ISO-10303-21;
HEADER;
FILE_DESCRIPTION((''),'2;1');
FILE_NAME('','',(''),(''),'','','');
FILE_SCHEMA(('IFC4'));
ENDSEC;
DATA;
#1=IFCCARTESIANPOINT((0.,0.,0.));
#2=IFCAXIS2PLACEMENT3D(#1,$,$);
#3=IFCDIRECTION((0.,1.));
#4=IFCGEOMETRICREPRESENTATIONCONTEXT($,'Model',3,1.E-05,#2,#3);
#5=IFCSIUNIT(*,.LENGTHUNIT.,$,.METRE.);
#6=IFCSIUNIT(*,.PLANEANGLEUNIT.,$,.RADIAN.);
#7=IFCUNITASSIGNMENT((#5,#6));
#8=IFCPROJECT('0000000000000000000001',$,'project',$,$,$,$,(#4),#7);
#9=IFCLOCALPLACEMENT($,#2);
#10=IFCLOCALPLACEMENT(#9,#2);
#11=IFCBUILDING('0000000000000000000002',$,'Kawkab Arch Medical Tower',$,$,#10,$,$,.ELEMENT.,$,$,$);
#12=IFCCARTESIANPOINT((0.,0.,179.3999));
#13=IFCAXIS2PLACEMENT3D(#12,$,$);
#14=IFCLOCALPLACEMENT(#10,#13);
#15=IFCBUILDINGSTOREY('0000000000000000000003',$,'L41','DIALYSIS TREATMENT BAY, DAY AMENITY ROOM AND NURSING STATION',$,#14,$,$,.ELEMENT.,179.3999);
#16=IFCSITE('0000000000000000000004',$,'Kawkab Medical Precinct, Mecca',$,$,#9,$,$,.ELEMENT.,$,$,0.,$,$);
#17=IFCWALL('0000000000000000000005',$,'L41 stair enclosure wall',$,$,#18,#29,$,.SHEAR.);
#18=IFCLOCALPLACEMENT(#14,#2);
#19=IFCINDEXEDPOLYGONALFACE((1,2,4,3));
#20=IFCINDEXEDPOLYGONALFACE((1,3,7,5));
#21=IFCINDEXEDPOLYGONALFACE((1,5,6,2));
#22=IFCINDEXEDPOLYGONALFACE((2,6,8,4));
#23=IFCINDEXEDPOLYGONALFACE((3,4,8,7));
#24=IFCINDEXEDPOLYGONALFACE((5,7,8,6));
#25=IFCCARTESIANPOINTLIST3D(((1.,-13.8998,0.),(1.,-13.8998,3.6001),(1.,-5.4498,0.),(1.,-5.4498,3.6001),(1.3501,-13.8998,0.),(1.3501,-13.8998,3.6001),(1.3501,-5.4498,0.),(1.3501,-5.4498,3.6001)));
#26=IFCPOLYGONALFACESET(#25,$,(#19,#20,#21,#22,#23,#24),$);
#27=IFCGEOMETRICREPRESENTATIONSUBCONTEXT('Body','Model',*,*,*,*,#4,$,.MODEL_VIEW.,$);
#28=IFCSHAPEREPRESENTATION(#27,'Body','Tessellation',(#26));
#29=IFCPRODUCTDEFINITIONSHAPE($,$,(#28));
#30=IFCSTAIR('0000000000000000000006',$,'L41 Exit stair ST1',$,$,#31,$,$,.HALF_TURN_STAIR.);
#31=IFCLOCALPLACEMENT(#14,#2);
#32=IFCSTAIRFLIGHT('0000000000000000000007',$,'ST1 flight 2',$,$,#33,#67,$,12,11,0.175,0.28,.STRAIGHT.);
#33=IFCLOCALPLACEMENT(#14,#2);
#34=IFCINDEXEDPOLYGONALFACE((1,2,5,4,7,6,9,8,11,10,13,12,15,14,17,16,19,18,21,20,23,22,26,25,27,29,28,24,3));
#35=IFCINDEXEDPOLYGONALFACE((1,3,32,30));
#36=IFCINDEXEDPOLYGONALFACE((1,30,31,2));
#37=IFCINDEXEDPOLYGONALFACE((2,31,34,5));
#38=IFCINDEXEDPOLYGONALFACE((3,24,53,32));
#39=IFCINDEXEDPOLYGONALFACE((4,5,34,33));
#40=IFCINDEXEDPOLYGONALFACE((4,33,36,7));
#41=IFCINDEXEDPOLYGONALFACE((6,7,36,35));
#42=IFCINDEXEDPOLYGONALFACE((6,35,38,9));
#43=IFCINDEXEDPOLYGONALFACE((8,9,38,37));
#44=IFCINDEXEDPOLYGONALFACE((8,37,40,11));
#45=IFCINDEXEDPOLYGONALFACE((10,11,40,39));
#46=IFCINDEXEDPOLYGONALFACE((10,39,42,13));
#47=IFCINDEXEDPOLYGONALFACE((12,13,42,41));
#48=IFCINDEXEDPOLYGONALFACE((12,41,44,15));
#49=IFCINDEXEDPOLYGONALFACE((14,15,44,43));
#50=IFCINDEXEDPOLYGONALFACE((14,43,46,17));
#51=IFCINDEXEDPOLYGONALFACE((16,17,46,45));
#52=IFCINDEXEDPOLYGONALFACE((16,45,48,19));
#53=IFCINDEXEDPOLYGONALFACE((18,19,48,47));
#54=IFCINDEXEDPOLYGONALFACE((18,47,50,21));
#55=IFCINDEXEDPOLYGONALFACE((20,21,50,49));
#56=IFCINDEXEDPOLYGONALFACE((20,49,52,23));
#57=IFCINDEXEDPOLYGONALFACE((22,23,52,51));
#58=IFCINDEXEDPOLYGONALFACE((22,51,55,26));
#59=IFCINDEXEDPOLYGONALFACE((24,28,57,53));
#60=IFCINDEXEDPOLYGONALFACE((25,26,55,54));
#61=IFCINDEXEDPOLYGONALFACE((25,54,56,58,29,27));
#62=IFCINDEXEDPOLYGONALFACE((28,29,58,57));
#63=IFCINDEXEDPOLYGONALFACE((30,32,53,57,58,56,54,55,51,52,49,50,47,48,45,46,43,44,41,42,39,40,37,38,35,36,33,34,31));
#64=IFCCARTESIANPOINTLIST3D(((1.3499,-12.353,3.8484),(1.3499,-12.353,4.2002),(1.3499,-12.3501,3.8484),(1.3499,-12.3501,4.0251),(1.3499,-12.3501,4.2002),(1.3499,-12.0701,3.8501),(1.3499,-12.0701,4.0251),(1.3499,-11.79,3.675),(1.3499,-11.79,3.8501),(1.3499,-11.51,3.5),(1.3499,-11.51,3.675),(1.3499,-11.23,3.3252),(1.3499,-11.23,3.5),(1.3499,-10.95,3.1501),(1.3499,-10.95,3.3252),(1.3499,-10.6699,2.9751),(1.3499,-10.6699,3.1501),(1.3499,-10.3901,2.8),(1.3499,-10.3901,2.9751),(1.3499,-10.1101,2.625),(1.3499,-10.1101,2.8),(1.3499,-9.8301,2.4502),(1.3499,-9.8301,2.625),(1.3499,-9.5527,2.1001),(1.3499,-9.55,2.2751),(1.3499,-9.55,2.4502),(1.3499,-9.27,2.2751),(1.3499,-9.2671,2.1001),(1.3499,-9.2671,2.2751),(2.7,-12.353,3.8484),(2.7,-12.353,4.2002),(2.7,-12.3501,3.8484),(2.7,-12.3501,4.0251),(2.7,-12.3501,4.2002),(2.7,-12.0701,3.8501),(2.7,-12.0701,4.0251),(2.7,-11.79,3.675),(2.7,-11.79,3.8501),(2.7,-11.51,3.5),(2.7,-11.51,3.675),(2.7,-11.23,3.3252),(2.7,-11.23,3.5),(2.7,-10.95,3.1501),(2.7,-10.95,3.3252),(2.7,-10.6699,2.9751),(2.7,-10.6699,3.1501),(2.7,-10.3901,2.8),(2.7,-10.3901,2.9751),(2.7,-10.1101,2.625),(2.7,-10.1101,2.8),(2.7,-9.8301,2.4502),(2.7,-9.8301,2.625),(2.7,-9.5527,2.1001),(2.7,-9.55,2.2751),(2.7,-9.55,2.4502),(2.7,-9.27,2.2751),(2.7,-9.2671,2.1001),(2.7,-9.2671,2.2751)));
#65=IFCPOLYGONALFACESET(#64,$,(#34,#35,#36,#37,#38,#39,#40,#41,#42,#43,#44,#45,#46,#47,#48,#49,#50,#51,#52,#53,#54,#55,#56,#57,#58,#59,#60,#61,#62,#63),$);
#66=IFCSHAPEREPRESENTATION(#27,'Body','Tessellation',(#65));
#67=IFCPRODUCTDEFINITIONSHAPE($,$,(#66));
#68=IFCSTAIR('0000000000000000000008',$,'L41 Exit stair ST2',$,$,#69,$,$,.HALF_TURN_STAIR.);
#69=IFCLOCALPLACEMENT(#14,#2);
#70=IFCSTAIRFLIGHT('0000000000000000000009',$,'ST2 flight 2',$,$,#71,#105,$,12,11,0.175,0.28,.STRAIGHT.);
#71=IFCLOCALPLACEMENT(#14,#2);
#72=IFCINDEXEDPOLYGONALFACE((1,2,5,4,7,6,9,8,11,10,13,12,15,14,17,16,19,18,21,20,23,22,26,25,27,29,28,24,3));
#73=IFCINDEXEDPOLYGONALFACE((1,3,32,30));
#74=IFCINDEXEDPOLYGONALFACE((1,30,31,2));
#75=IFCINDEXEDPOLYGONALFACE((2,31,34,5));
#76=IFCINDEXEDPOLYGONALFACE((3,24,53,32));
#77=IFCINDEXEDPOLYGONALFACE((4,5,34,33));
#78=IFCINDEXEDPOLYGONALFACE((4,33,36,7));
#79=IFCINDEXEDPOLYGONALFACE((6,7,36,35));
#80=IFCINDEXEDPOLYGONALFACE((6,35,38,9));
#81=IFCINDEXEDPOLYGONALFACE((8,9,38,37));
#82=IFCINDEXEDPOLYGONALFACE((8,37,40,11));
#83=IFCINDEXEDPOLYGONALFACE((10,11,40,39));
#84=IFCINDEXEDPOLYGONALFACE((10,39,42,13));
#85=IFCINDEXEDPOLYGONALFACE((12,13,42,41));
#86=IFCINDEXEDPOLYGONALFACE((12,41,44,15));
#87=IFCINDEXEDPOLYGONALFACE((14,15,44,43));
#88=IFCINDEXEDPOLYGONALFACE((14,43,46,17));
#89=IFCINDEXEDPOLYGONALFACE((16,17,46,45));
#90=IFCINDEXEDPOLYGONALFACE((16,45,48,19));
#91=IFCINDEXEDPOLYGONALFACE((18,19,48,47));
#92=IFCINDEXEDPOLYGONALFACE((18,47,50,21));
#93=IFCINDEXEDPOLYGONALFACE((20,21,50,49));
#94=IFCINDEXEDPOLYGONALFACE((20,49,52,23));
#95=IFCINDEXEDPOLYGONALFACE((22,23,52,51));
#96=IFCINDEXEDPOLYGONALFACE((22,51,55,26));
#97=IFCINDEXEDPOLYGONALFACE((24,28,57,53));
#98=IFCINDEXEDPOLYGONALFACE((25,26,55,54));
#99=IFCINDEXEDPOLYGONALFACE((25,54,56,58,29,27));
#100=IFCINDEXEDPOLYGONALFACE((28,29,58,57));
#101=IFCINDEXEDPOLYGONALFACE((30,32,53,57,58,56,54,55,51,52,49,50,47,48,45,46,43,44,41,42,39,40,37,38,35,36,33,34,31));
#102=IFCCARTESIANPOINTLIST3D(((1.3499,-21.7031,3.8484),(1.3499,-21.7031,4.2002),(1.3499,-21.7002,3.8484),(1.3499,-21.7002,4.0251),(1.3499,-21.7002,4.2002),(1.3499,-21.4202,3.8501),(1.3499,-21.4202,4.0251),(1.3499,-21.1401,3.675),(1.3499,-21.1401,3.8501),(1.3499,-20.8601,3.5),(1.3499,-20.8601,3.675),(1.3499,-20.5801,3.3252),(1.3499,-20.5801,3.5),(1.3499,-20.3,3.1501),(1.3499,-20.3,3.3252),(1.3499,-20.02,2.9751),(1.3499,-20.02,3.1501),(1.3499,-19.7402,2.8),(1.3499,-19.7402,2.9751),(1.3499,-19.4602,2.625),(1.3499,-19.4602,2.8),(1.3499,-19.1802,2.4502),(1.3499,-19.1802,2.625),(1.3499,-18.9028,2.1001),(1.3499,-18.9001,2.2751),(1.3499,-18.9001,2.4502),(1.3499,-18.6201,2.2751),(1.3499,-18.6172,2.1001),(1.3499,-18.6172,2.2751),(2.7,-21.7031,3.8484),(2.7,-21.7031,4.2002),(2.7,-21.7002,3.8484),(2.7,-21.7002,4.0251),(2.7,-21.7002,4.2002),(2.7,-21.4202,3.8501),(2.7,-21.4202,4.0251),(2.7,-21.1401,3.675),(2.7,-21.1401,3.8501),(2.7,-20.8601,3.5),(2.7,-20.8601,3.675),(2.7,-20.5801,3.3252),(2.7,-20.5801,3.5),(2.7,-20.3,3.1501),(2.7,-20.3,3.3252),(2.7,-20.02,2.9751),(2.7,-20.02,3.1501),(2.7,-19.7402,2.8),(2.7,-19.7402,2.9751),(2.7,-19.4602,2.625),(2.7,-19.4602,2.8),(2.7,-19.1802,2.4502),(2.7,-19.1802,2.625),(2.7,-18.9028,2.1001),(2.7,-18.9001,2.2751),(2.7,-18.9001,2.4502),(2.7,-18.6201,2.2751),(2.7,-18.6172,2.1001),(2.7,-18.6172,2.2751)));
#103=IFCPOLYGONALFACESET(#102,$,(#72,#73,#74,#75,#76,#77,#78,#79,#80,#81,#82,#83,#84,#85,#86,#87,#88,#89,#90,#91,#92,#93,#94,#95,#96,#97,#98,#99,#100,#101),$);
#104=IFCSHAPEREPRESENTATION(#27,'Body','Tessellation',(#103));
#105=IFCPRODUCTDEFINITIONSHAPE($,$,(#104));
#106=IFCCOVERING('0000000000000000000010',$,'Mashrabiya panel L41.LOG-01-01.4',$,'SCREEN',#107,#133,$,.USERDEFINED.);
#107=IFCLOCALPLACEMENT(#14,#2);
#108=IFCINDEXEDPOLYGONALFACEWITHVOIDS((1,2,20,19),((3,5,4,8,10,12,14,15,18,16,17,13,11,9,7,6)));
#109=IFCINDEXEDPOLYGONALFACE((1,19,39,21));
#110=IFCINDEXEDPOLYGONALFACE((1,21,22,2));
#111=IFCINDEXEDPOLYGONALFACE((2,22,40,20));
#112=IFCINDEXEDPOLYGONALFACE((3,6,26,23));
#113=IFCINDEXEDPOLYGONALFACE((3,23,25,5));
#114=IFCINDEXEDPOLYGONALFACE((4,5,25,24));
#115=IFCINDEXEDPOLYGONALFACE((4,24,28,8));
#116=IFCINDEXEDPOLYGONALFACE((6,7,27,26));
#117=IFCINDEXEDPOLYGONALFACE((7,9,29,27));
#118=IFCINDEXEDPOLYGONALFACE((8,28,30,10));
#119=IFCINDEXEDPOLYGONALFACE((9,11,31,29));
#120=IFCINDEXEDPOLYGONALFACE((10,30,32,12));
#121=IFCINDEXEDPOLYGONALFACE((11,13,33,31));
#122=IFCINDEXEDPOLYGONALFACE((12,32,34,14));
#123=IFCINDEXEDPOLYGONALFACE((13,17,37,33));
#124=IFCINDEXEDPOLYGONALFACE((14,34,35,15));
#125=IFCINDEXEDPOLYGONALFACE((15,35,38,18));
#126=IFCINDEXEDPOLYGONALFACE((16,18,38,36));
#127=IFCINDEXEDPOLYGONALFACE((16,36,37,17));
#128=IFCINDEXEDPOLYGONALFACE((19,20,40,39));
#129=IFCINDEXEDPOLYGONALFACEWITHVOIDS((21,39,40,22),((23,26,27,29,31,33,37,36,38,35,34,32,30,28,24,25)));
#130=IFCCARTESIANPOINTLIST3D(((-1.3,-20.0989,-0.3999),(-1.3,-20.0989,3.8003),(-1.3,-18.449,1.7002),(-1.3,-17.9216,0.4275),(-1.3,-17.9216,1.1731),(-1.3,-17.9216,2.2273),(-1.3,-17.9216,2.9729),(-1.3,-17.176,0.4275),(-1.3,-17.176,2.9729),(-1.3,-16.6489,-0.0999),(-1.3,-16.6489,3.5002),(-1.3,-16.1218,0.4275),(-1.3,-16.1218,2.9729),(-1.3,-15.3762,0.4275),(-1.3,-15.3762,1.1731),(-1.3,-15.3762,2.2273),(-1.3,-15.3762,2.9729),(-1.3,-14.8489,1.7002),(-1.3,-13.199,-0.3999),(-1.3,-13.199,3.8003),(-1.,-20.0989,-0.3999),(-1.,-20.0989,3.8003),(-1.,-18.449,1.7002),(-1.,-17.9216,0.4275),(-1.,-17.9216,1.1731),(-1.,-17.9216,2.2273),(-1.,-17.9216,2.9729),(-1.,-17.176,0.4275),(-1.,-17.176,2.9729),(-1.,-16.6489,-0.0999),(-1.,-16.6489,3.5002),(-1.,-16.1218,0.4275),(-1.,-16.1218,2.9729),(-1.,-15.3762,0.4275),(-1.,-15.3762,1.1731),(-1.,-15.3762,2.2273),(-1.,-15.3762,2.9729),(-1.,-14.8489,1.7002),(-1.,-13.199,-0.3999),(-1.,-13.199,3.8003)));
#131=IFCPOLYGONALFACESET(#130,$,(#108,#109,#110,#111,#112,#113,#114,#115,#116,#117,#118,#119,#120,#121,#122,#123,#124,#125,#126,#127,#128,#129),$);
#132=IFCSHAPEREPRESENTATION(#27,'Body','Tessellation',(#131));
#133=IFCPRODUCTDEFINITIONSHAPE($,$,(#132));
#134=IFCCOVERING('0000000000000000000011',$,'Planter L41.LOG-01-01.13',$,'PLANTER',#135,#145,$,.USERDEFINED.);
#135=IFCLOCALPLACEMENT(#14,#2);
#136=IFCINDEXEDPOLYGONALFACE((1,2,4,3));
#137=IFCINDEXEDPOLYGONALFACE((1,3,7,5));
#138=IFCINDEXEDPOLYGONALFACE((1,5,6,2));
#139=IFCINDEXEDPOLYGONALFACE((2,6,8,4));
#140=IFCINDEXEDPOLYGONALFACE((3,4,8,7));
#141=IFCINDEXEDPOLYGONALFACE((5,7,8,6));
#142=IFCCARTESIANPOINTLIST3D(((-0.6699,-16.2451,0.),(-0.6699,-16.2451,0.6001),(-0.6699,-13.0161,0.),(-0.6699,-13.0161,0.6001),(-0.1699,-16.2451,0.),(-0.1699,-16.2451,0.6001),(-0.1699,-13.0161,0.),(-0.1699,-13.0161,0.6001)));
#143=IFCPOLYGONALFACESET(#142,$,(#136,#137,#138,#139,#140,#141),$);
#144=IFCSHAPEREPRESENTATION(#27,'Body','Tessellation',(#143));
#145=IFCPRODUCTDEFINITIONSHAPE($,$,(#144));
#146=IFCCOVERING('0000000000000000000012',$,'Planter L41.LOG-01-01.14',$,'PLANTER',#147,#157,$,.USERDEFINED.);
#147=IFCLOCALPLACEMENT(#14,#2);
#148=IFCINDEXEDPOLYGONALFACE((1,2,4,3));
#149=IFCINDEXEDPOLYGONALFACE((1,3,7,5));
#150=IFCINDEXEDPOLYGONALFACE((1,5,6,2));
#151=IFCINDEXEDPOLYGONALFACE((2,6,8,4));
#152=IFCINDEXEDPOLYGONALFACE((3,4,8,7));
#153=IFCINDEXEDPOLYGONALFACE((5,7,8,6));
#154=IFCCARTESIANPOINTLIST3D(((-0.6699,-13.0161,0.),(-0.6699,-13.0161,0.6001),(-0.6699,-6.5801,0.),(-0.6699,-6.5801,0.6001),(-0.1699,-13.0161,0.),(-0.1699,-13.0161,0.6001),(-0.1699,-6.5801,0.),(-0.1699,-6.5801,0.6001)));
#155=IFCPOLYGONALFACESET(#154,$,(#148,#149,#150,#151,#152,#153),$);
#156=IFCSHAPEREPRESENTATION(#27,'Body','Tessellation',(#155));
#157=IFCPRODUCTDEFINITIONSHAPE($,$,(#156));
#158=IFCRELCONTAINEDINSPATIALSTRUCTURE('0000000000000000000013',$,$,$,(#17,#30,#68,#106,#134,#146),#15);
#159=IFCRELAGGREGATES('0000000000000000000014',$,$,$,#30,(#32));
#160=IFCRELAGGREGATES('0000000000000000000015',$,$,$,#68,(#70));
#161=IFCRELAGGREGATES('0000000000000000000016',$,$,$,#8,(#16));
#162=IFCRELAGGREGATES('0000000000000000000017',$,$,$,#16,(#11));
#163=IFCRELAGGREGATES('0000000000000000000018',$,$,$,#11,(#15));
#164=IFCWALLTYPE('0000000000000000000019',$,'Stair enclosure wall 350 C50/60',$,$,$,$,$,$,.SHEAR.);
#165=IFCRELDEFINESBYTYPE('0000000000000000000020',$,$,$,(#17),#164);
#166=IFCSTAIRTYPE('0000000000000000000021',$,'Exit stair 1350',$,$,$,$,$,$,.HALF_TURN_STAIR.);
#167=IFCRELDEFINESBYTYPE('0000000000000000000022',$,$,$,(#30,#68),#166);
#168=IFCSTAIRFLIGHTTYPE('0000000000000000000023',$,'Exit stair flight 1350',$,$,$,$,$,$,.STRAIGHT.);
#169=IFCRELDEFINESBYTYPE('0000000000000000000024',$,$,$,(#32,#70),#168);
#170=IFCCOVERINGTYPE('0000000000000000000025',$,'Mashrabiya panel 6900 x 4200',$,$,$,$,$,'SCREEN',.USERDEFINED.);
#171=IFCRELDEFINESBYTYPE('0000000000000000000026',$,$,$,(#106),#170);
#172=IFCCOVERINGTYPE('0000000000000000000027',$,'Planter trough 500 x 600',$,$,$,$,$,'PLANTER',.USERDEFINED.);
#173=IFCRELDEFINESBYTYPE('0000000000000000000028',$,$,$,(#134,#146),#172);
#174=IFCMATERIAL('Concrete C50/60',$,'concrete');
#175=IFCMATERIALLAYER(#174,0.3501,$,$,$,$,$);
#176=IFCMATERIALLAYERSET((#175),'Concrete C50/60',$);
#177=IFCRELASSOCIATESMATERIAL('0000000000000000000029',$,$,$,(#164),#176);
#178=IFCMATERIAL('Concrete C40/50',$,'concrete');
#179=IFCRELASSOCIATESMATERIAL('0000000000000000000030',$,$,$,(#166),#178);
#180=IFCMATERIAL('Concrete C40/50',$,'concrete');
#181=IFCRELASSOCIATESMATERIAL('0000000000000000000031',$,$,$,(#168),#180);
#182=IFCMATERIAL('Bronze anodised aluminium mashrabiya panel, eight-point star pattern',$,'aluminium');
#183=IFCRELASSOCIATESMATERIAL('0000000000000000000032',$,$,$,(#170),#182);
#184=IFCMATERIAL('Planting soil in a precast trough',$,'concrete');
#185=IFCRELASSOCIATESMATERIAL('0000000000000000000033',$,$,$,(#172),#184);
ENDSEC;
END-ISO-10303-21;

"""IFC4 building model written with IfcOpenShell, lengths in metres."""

from ifc_helpers import new_model, si_unit, direction, frame, frame_2d, origin, origin_2d, place, context, subcontext, project, spatial, polyline, rectangle, outline, extrude, material, layer, layer_set, material_profile, profile_set, type_object, element, aggregate, save


model = new_model("IFC4")

# Units and contexts
model_context = context("Model", 3, precision=1e-05, world=origin(), true_north=direction((0.0, 1.0)))
body_context = subcontext(model_context, "Body", "Model", "MODEL_VIEW")
ifc_project = project(units=[si_unit("LENGTHUNIT", "METRE"), si_unit("PLANEANGLEUNIT", "RADIAN")], contexts=[model_context])

# Site, building, storey
site_placement = place(None, origin())
site = spatial("IfcSite", under=ifc_project, at=site_placement, Name="Kawkab Medical Precinct, Mecca", CompositionType="ELEMENT", RefElevation=0.0)
building_placement = place(site_placement, origin())
building = spatial("IfcBuilding", under=site, at=building_placement, Name="Kawkab Arch Medical Tower", CompositionType="ELEMENT")
storey_placement = place(building_placement, frame((0.0, 0.0, 179.3999)))
storey = spatial("IfcBuildingStorey", under=building, at=storey_placement, Name="L41", Description="DIALYSIS TREATMENT BAY, DAY AMENITY ROOM AND NURSING STATION", CompositionType="ELEMENT", Elevation=179.3999)

# Shared definitions
placement = place(storey_placement, origin())

# Wall
ifc_material_1 = material(Name="Concrete C50/60", Category="concrete")
ifc_layer_1 = layer(ifc_material_1, 0.3501)
ifc_layer_set_1 = layer_set([ifc_layer_1], Name="Concrete C50/60")
wall_type_1 = type_object("IfcWallType", Name="Stair enclosure wall 350 C50/60", PredefinedType="SHEAR", material=ifc_layer_set_1)
wall_1_placement = place(storey_placement, frame((1.175, -13.8999, 0.0), z_axis=(0.0, 0.0, 1.0), x_axis=(0.0, 1.0, 0.0)))
element("IfcWall", 1, at=wall_1_placement, inside=storey, type_object=wall_type_1, Name="L41 stair enclosure wall", PredefinedType="SHEAR", context=body_context, shape_type="SweptSolid", body=[
    extrude(rectangle(XDim=8.45, YDim=0.3501, at=frame_2d((4.2251, 0.0))), origin(), (0.0, 0.0, 1.0), 3.6001),
])

# Stairs, stair flights
ifc_material_2 = material(Name="Concrete C40/50", Category="concrete")
stair_type = type_object("IfcStairType", Name="Exit stair 1350", PredefinedType="HALF_TURN_STAIR", material=ifc_material_2)
stair_1 = element("IfcStair", 2, at=placement, inside=storey, type_object=stair_type, Name="L41 Exit stair ST1", PredefinedType="HALF_TURN_STAIR")
ifc_material_3 = material(Name="Concrete C40/50", Category="concrete")
stair_flight_type = type_object("IfcStairFlightType", Name="Exit stair flight 1350", PredefinedType="STRAIGHT", material=ifc_material_3)
stair_flight_1_placement = place(storey_placement, frame((2.0249, -9.27, 2.1001), z_axis=(0.0, 0.0, 1.0), x_axis=(0.0, -1.0, 0.0)))
stair_flight_1 = element("IfcStairFlight", 3, at=stair_flight_1_placement, type_object=stair_flight_type, Name="ST1 flight 2", NumberOfRisers=12, NumberOfTreads=11, PredefinedType="STRAIGHT", RiserHeight=0.175, TreadLength=0.28, context=body_context, shape_type="SweptSolid", body=[
    extrude(outline(polyline([(-0.0029, 0.0), (-0.0029, 0.175), (0.0, 0.175), (0.28, 0.175), (0.28, 0.3501), (0.5601, 0.3501), (0.5601, 0.5249), (0.8401, 0.5249), (0.8401, 0.7), (1.1201, 0.7), (1.1201, 0.875), (1.3999, 0.875), (1.3999, 1.05), (1.6799, 1.05), (1.6799, 1.2251), (1.96, 1.2251), (1.96, 1.3999), (2.24, 1.3999), (2.24, 1.575), (2.52, 1.575), (2.52, 1.75), (2.8, 1.75), (2.8, 1.925), (3.0801, 1.925), (3.0801, 2.1001), (3.083, 2.1001), (3.083, 1.7483), (3.0801, 1.7483), (0.2827, 0.0), (-0.0029, 0.0)])), frame((0.0, 0.675, 0.0), z_axis=(0.0, -1.0, 0.0), x_axis=(1.0, 0.0, 0.0)), (0.0, 0.0, 1.0), 1.3501),
])
aggregate(stair_1, [stair_flight_1])
stair_2 = element("IfcStair", 4, at=placement, inside=storey, type_object=stair_type, Name="L41 Exit stair ST2", PredefinedType="HALF_TURN_STAIR")
stair_flight_2_placement = place(storey_placement, frame((2.0249, -18.6201, 2.1001), z_axis=(0.0, 0.0, 1.0), x_axis=(0.0, -1.0, 0.0)))
stair_flight_2 = element("IfcStairFlight", 5, at=stair_flight_2_placement, type_object=stair_flight_type, Name="ST2 flight 2", NumberOfRisers=12, NumberOfTreads=11, PredefinedType="STRAIGHT", RiserHeight=0.175, TreadLength=0.28, context=body_context, shape_type="SweptSolid", body=[
    extrude(outline(polyline([(-0.0029, 0.0), (-0.0029, 0.175), (0.0, 0.175), (0.28, 0.175), (0.28, 0.3501), (0.5601, 0.3501), (0.5601, 0.5249), (0.8401, 0.5249), (0.8401, 0.7), (1.1201, 0.7), (1.1201, 0.875), (1.3999, 0.875), (1.3999, 1.05), (1.6799, 1.05), (1.6799, 1.2251), (1.96, 1.2251), (1.96, 1.3999), (2.24, 1.3999), (2.24, 1.575), (2.52, 1.575), (2.52, 1.75), (2.8, 1.75), (2.8, 1.925), (3.0801, 1.925), (3.0801, 2.1001), (3.083, 2.1001), (3.083, 1.7483), (3.0801, 1.7483), (0.2827, 0.0), (-0.0029, 0.0)])), frame((0.0, 0.675, 0.0), z_axis=(0.0, -1.0, 0.0), x_axis=(1.0, 0.0, 0.0)), (0.0, 0.0, 1.0), 1.3501),
])
aggregate(stair_2, [stair_flight_2])

# Coverings
ifc_material_4 = material(Name="Bronze anodised aluminium mashrabiya panel, eight-point star pattern", Category="aluminium")
ifc_material_profile_1 = material_profile(ifc_material_4, outline(polyline([(-3.45, -2.1001), (3.45, -2.1001), (3.45, 2.1001), (-3.45, 2.1001), (-3.45, -2.1001)]), holes=[polyline([(1.8, 0.0), (1.2727, 0.5271), (1.2727, 1.2727), (0.5271, 1.2727), (0.0, 1.8), (-0.5271, 1.2727), (-1.2727, 1.2727), (-1.2727, 0.5271), (-1.8, 0.0), (-1.2727, -0.5271), (-1.2727, -1.2727), (-0.5271, -1.2727), (0.0, -1.8), (0.5271, -1.2727), (1.2727, -1.2727), (1.2727, -0.5271), (1.8, 0.0)])]), Name="Mashrabiya panel 6900x4200")
ifc_profile_set_1 = profile_set([ifc_material_profile_1], Name="Bronze anodised aluminium mashrabiya panel, eight-point star pattern")
covering_type_1 = type_object("IfcCoveringType", Name="Mashrabiya panel 6900 x 4200", ElementType="SCREEN", PredefinedType="USERDEFINED", material=ifc_profile_set_1)
covering_1_placement = place(storey_placement, frame((-1.0, -16.6489, 1.7002), z_axis=(-1.0, 0.0, 0.0), x_axis=(0.0, -1.0, 0.0)))
element("IfcCovering", 6, at=covering_1_placement, inside=storey, type_object=covering_type_1, Name="Mashrabiya panel L41.LOG-01-01.4", ObjectType="SCREEN", PredefinedType="USERDEFINED", context=body_context, shape_type="SweptSolid", body=[
    extrude(outline(polyline([(-3.45, -2.1001), (3.45, -2.1001), (3.45, 2.1001), (-3.45, 2.1001), (-3.45, -2.1001)]), holes=[polyline([(1.8, 0.0), (1.2727, 0.5271), (1.2727, 1.2727), (0.5271, 1.2727), (0.0, 1.8), (-0.5271, 1.2727), (-1.2727, 1.2727), (-1.2727, 0.5271), (-1.8, 0.0), (-1.2727, -0.5271), (-1.2727, -1.2727), (-0.5271, -1.2727), (0.0, -1.8), (0.5271, -1.2727), (1.2727, -1.2727), (1.2727, -0.5271), (1.8, 0.0)])]), origin(), (0.0, 0.0, 1.0), 0.3),
])
ifc_material_5 = material(Name="Planting soil in a precast trough", Category="concrete")
ifc_material_profile_2 = material_profile(ifc_material_5, rectangle(XDim=0.5, YDim=0.6001, at=origin_2d()), Name="Trough 500x600")
ifc_profile_set_2 = profile_set([ifc_material_profile_2], Name="Planting soil in a precast trough")
covering_type_2 = type_object("IfcCoveringType", Name="Planter trough 500 x 600", ElementType="PLANTER", PredefinedType="USERDEFINED", material=ifc_profile_set_2)
covering_2_placement = place(storey_placement, frame((-0.4199, -16.2451, 0.3), z_axis=(0.0, 1.0, 0.0), x_axis=(-1.0, 0.0, 0.0)))
element("IfcCovering", 7, at=covering_2_placement, inside=storey, type_object=covering_type_2, Name="Planter L41.LOG-01-01.13", ObjectType="PLANTER", PredefinedType="USERDEFINED", context=body_context, shape_type="SweptSolid", body=[
    extrude(rectangle(XDim=0.5, YDim=0.6001, at=origin_2d()), origin(), (0.0, 0.0, 1.0), 3.229),
])
covering_3_placement = place(storey_placement, frame((-0.4199, -13.0161, 0.3), z_axis=(0.0, 1.0, 0.0), x_axis=(-1.0, 0.0, 0.0)))
element("IfcCovering", 8, at=covering_3_placement, inside=storey, type_object=covering_type_2, Name="Planter L41.LOG-01-01.14", ObjectType="PLANTER", PredefinedType="USERDEFINED", context=body_context, shape_type="SweptSolid", body=[
    extrude(rectangle(XDim=0.5, YDim=0.6001, at=origin_2d()), origin(), (0.0, 0.0, 1.0), 6.436),
])

save(model, "model.ifc")
